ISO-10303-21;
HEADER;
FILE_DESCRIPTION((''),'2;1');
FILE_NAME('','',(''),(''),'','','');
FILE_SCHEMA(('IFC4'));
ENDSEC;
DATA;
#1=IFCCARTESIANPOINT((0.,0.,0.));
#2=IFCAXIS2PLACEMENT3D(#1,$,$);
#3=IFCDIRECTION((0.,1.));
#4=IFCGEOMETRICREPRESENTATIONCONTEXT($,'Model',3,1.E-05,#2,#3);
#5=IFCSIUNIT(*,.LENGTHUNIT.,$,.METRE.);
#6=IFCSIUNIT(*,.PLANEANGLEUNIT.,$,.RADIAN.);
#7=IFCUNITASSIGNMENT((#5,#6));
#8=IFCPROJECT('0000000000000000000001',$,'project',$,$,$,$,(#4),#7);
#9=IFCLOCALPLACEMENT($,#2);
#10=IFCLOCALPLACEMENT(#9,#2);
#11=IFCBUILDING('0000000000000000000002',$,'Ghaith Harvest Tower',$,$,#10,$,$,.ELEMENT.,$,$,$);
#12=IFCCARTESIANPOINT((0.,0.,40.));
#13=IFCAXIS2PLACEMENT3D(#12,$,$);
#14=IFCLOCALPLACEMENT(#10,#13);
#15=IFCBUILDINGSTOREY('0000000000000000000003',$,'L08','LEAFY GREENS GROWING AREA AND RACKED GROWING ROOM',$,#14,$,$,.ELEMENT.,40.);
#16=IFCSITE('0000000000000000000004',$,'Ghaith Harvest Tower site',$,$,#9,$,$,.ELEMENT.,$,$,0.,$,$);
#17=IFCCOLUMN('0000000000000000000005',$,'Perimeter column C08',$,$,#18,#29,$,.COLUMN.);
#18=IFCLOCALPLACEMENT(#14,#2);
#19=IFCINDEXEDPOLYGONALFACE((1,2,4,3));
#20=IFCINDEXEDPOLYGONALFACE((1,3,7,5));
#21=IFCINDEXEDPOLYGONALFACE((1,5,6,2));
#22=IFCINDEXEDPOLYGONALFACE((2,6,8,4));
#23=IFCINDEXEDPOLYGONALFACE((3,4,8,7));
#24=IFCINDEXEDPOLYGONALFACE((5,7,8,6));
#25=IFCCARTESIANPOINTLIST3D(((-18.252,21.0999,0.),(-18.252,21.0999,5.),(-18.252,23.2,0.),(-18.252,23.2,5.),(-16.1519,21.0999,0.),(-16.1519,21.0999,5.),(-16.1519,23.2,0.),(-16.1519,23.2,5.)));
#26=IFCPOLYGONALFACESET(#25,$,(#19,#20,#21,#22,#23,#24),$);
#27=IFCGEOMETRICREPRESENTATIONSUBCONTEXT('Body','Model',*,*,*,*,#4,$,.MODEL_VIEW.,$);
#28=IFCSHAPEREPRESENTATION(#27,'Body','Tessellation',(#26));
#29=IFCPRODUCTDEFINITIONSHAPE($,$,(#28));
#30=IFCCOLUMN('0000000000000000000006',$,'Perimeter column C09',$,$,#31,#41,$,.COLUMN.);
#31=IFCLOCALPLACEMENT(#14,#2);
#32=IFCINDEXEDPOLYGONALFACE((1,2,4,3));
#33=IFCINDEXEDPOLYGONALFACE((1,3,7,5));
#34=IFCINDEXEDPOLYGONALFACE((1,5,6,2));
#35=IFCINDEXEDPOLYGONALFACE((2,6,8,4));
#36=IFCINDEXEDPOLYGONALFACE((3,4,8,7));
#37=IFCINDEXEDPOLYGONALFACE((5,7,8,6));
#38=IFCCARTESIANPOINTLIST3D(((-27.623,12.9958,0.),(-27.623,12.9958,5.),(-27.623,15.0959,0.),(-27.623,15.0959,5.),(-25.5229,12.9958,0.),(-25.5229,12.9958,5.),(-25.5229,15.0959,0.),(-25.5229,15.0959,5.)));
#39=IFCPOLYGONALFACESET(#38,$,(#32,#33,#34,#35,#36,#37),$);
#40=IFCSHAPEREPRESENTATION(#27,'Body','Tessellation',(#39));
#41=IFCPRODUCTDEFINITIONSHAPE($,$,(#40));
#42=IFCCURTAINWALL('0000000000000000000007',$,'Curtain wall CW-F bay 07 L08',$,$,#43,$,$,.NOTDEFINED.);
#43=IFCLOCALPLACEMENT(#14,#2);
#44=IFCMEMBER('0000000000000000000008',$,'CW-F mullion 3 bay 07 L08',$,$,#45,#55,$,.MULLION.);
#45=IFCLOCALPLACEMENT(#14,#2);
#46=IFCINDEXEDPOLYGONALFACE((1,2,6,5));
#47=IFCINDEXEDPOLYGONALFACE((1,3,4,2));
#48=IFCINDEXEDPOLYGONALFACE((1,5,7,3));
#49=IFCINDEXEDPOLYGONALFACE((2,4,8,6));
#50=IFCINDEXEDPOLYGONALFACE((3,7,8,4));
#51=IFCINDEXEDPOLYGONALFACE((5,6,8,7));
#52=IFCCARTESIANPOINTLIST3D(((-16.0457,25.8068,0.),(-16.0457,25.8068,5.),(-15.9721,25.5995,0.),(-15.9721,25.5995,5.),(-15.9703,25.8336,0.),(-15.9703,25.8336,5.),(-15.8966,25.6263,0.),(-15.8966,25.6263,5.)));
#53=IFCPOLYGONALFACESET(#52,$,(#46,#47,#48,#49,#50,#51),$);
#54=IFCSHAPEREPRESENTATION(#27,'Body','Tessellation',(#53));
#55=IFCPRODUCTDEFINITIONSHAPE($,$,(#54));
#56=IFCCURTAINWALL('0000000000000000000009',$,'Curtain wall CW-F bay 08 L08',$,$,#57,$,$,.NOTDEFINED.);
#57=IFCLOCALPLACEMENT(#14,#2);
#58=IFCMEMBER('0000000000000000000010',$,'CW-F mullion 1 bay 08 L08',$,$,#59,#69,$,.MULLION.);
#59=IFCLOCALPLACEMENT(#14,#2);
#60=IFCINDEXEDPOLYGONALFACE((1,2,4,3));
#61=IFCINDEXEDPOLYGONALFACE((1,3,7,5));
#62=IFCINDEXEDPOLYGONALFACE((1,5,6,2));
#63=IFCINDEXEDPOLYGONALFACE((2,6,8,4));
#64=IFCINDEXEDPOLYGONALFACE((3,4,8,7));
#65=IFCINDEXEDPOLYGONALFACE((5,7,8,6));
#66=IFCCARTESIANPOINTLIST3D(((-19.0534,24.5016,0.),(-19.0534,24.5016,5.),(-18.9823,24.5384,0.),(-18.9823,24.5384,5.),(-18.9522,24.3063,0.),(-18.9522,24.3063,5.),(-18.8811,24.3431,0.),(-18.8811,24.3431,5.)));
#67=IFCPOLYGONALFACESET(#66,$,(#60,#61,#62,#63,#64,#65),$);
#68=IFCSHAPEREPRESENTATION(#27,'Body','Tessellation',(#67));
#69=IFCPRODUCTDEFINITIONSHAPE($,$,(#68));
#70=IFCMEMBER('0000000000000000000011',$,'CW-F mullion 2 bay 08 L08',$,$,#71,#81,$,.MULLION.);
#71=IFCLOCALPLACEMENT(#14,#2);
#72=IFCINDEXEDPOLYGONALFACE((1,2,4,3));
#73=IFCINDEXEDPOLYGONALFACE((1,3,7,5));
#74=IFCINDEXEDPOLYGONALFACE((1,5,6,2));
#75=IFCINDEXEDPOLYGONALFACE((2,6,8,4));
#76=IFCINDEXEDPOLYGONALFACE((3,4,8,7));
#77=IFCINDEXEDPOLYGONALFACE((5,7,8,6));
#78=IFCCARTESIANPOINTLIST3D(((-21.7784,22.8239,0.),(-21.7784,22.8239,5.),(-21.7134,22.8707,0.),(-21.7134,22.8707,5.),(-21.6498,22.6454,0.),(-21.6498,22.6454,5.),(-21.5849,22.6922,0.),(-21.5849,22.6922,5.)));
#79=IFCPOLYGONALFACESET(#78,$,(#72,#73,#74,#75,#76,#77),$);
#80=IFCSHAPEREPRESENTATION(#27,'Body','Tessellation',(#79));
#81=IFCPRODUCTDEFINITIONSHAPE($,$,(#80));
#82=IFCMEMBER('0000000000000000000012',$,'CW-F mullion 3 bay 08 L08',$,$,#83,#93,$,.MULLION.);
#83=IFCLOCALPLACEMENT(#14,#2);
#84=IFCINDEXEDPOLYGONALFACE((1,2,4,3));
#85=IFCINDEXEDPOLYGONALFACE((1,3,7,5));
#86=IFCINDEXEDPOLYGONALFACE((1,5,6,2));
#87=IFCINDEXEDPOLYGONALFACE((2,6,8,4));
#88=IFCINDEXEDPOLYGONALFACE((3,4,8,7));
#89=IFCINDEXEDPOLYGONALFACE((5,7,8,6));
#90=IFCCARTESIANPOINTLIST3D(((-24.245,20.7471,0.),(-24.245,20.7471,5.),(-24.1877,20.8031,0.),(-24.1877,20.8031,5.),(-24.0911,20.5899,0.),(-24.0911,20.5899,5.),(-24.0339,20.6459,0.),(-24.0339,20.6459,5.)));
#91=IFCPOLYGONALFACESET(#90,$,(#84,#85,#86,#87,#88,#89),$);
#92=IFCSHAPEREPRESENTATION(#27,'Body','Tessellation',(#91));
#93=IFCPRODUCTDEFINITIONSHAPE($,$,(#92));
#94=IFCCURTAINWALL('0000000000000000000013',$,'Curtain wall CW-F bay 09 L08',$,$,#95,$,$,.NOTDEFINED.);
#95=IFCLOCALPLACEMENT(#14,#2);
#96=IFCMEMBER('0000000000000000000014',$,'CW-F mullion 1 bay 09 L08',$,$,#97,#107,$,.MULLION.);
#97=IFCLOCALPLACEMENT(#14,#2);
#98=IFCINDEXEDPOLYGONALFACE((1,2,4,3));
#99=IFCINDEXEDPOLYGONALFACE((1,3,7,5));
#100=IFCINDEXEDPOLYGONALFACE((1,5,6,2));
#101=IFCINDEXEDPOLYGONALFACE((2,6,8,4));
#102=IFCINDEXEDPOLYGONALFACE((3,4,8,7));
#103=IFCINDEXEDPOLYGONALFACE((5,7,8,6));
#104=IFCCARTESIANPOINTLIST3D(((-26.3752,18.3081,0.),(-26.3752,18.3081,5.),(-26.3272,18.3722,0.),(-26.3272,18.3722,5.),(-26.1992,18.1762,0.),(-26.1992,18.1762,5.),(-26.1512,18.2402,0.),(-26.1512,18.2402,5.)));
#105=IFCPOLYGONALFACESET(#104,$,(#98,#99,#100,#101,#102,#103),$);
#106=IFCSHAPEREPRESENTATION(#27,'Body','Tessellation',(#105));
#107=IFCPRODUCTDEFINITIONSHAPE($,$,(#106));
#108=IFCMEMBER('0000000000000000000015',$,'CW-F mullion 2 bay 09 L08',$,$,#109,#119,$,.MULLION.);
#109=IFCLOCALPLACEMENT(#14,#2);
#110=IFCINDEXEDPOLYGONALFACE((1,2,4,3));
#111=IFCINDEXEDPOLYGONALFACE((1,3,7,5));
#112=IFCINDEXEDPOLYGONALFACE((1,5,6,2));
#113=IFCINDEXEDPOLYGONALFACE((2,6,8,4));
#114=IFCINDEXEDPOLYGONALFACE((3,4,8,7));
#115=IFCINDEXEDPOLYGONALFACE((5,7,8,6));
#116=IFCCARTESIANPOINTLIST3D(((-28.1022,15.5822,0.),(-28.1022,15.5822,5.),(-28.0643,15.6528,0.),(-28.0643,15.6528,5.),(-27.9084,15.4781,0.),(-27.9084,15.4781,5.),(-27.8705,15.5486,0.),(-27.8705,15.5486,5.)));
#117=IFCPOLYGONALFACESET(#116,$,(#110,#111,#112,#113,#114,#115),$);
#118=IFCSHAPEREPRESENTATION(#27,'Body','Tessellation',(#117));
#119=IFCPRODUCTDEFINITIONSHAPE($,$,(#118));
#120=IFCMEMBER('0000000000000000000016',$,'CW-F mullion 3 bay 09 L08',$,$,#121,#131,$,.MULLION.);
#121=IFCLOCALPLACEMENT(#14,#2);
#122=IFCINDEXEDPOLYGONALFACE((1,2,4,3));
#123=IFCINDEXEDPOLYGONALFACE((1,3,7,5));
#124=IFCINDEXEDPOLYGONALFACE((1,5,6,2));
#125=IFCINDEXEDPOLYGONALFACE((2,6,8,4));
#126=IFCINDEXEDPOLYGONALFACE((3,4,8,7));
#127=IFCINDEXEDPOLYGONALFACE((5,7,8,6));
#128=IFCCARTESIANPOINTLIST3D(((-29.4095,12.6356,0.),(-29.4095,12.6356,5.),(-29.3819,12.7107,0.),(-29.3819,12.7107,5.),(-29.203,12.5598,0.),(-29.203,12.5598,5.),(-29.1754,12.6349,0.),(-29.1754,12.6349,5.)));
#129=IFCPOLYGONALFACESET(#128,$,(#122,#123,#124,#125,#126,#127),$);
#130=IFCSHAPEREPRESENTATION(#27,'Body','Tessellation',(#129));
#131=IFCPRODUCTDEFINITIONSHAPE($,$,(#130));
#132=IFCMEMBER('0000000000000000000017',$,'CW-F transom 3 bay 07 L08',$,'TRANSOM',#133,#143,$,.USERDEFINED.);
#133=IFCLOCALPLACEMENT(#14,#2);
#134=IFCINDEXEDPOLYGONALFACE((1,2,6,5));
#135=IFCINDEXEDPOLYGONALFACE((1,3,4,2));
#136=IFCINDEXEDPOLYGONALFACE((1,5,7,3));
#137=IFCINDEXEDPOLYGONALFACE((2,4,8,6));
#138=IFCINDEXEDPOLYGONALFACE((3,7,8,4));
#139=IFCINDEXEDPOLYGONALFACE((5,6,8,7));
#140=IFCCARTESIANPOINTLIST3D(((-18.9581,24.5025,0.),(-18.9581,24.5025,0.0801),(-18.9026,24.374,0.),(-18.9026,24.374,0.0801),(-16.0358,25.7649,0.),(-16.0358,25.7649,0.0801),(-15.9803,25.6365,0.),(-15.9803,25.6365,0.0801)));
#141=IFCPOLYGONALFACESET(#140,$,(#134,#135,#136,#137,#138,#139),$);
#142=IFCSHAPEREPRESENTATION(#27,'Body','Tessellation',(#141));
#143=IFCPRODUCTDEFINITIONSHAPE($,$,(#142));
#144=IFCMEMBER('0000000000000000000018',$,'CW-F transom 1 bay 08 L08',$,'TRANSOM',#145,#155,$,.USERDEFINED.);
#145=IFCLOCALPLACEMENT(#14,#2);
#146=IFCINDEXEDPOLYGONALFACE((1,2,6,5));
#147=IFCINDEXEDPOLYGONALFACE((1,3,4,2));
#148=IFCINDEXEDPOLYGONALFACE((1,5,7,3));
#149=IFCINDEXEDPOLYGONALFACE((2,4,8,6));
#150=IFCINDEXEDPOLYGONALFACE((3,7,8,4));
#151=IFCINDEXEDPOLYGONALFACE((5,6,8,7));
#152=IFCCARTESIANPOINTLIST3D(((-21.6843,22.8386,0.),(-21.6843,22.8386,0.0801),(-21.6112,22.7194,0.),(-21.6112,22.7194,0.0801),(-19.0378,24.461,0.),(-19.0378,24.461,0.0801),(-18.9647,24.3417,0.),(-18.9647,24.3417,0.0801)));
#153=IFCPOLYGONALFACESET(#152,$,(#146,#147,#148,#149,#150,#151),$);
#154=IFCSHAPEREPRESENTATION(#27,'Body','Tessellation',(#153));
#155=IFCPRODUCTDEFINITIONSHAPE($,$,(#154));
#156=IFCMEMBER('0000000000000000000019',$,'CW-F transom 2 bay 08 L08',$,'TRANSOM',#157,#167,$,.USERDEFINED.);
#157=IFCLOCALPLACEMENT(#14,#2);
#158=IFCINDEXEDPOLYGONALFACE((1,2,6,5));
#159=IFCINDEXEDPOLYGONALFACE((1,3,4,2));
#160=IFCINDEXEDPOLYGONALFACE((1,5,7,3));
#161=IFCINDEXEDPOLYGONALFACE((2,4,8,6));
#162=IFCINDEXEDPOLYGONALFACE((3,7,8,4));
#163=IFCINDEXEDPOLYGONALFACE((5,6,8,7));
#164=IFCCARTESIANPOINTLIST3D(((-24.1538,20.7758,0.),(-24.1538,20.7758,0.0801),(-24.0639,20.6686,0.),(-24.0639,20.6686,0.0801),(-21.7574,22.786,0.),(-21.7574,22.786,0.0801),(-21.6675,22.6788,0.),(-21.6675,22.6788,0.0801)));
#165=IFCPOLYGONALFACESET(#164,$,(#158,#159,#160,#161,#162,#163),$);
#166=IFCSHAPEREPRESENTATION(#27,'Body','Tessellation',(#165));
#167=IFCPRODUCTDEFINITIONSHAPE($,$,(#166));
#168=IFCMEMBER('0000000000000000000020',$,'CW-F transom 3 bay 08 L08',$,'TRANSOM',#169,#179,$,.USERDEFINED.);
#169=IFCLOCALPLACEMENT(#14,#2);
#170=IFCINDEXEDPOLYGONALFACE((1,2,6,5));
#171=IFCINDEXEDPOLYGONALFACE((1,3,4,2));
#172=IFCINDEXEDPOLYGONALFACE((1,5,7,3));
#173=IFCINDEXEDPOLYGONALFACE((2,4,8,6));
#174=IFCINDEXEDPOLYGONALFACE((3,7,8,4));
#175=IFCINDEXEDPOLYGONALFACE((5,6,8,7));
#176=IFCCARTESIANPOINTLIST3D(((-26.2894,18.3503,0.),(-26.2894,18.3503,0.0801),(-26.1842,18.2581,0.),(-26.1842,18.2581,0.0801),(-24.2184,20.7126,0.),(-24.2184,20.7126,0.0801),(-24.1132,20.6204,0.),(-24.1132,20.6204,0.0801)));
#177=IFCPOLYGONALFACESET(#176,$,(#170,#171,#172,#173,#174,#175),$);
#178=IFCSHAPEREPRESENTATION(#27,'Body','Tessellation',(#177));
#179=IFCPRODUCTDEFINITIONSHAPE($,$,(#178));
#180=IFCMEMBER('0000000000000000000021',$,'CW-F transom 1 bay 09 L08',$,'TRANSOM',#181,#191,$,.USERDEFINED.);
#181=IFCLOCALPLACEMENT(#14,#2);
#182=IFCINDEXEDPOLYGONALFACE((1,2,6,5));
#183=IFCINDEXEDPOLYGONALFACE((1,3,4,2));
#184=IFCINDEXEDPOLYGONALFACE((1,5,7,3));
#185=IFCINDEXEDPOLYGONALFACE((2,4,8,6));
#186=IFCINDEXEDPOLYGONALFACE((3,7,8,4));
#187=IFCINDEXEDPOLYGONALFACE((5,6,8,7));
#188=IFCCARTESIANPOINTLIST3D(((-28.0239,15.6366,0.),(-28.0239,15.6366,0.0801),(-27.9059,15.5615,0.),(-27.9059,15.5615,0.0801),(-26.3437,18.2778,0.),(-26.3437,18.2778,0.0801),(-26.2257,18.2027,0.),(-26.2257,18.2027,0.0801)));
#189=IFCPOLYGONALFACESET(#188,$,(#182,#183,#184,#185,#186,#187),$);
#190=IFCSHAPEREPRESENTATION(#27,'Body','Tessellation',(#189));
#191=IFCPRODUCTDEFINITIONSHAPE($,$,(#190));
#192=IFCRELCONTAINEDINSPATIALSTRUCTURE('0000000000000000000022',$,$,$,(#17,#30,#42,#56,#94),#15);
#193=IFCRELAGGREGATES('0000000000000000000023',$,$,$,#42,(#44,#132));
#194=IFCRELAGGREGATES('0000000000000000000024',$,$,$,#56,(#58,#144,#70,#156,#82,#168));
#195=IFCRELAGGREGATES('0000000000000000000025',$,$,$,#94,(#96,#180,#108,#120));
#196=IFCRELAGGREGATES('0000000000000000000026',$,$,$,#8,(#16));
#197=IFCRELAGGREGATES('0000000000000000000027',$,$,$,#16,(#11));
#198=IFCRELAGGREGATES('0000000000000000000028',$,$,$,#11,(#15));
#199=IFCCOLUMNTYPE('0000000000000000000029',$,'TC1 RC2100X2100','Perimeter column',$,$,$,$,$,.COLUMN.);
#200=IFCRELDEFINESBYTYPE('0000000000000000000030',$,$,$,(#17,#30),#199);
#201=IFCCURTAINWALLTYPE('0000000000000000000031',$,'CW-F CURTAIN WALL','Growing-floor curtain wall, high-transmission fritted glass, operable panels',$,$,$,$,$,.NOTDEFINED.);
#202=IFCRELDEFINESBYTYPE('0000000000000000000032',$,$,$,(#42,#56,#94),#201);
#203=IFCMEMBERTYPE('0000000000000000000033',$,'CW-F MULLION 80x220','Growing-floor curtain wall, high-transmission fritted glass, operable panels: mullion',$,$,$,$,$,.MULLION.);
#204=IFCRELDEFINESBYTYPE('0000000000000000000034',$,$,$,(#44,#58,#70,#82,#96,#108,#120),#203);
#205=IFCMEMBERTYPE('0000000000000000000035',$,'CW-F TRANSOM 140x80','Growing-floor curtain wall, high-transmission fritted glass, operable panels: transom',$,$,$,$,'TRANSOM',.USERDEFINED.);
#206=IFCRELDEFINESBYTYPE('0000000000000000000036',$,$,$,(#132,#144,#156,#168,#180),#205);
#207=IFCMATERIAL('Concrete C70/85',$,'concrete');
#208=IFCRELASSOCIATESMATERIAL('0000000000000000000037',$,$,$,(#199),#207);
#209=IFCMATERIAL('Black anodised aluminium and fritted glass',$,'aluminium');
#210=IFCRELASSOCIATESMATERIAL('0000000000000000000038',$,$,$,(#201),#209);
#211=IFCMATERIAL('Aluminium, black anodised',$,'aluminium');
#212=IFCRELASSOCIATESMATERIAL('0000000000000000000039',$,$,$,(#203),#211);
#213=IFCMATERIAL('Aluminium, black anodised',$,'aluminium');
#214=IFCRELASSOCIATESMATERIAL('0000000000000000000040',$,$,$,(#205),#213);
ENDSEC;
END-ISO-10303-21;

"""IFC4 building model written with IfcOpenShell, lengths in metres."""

from ifc_helpers import new_model, si_unit, direction, frame, origin, origin_2d, place, context, subcontext, project, spatial, rectangle, extrude, material, material_profile, profile_set, type_object, element, aggregate, save


model = new_model("IFC4")

# Units and contexts
model_context = context("Model", 3, precision=1e-05, world=origin(), true_north=direction((0.0, 1.0)))
body_context = subcontext(model_context, "Body", "Model", "MODEL_VIEW")
ifc_project = project(units=[si_unit("LENGTHUNIT", "METRE"), si_unit("PLANEANGLEUNIT", "RADIAN")], contexts=[model_context])

# Site, building, storey
site_placement = place(None, origin())
site = spatial("IfcSite", under=ifc_project, at=site_placement, Name="Ghaith Harvest Tower site", CompositionType="ELEMENT", RefElevation=0.0)
building_placement = place(site_placement, origin())
building = spatial("IfcBuilding", under=site, at=building_placement, Name="Ghaith Harvest Tower", CompositionType="ELEMENT")
storey_placement = place(building_placement, frame((0.0, 0.0, 40.0)))
storey = spatial("IfcBuildingStorey", under=building, at=storey_placement, Name="L08", Description="LEAFY GREENS GROWING AREA AND RACKED GROWING ROOM", CompositionType="ELEMENT", Elevation=40.0)

# Columns
ifc_material_1 = material(Name="Concrete C70/85", Category="concrete")
ifc_material_profile_1 = material_profile(ifc_material_1, rectangle(XDim=2.1001, YDim=2.1001, at=origin_2d()), Name="RC2100X2100")
ifc_profile_set_1 = profile_set([ifc_material_profile_1], Name="Concrete C70/85")
column_type = type_object("IfcColumnType", Name="TC1 RC2100X2100", Description="Perimeter column", PredefinedType="COLUMN", material=ifc_profile_set_1)
for number, where, z_axis, x_axis, name in (
    (1, (-17.2019, 22.1499, 0.0), (0.0, 0.0, 1.0), (1.0, 0.0, 0.0), "Perimeter column C08"),
    (2, (-26.573, 14.0459, 0.0), (0.0, 0.0, 1.0), (1.0, 0.0, 0.0), "Perimeter column C09"),
):
    element("IfcColumn", number, at=place(storey_placement, frame(where, z_axis=z_axis, x_axis=x_axis)), inside=storey, type_object=column_type, Name=name, PredefinedType="COLUMN", context=body_context, shape_type="SweptSolid", body=[
        extrude(rectangle(XDim=2.1001, YDim=2.1001, at=origin_2d()), origin(), (0.0, 0.0, 1.0), 5.0),
    ])

# Curtain wall, member
ifc_material_2 = material(Name="Black anodised aluminium and fritted glass", Category="aluminium")
curtain_wall_type = type_object("IfcCurtainWallType", Name="CW-F CURTAIN WALL", Description="Growing-floor curtain wall, high-transmission fritted glass, operable panels", PredefinedType="NOTDEFINED", material=ifc_material_2)
curtain_wall_1_placement = place(storey_placement, origin())
curtain_wall_1 = element("IfcCurtainWall", 3, at=curtain_wall_1_placement, inside=storey, type_object=curtain_wall_type, Name="Curtain wall CW-F bay 07 L08", PredefinedType="NOTDEFINED")
ifc_material_3 = material(Name="Aluminium, black anodised", Category="aluminium")
ifc_material_profile_2 = material_profile(ifc_material_3, rectangle(XDim=0.0801, YDim=0.22, at=origin_2d()), Name="CW-F MULLION 80x220")
ifc_profile_set_2 = profile_set([ifc_material_profile_2], Name="Aluminium, black anodised")
member_type_1 = type_object("IfcMemberType", Name="CW-F MULLION 80x220", Description="Growing-floor curtain wall, high-transmission fritted glass, operable panels: mullion", PredefinedType="MULLION", material=ifc_profile_set_2)
member_1_placement = place(storey_placement, frame((-15.9712, 25.7166, 0.0), z_axis=(0.0, 0.0, 1.0), x_axis=(-0.942294, -0.334788, 0.0)))
member_1 = element("IfcMember", 4, at=member_1_placement, type_object=member_type_1, Name="CW-F mullion 3 bay 07 L08", PredefinedType="MULLION", context=body_context, shape_type="SweptSolid", body=[
    extrude(rectangle(XDim=0.0801, YDim=0.22, at=origin_2d()), origin(), (0.0, 0.0, 1.0), 5.0),
])

# Curtain walls, members
curtain_wall_2_placement = place(storey_placement, origin())
curtain_wall_2 = element("IfcCurtainWall", 5, at=curtain_wall_2_placement, inside=storey, type_object=curtain_wall_type, Name="Curtain wall CW-F bay 08 L08", PredefinedType="NOTDEFINED")
member_2_placement = place(storey_placement, frame((-18.9673, 24.4224, 0.0), z_axis=(0.0, 0.0, 1.0), x_axis=(-0.887912, -0.460013, 0.0)))
member_2 = element("IfcMember", 6, at=member_2_placement, type_object=member_type_1, Name="CW-F mullion 1 bay 08 L08", PredefinedType="MULLION", context=body_context, shape_type="SweptSolid", body=[
    extrude(rectangle(XDim=0.0801, YDim=0.22, at=origin_2d()), origin(), (0.0, 0.0, 1.0), 5.0),
])
member_3_placement = place(storey_placement, frame((-21.6816, 22.7581, 0.0), z_axis=(0.0, 0.0, 1.0), x_axis=(-0.811401, -0.58449, 0.0)))
member_3 = element("IfcMember", 7, at=member_3_placement, type_object=member_type_1, Name="CW-F mullion 2 bay 08 L08", PredefinedType="MULLION", context=body_context, shape_type="SweptSolid", body=[
    extrude(rectangle(XDim=0.0801, YDim=0.22, at=origin_2d()), origin(), (0.0, 0.0, 1.0), 5.0),
])
member_4_placement = place(storey_placement, frame((-24.1394, 20.6965, 0.0), z_axis=(0.0, 0.0, 1.0), x_axis=(-0.714663, -0.699469, 0.0)))
member_4 = element("IfcMember", 8, at=member_4_placement, type_object=member_type_1, Name="CW-F mullion 3 bay 08 L08", PredefinedType="MULLION", context=body_context, shape_type="SweptSolid", body=[
    extrude(rectangle(XDim=0.0801, YDim=0.22, at=origin_2d()), origin(), (0.0, 0.0, 1.0), 5.0),
])
curtain_wall_3_placement = place(storey_placement, origin())
curtain_wall_3 = element("IfcCurtainWall", 9, at=curtain_wall_3_placement, inside=storey, type_object=curtain_wall_type, Name="Curtain wall CW-F bay 09 L08", PredefinedType="NOTDEFINED")
member_5_placement = place(storey_placement, frame((-26.2632, 18.2742, 0.0), z_axis=(0.0, 0.0, 1.0), x_axis=(-0.599862, -0.800104, 0.0)))
member_5 = element("IfcMember", 10, at=member_5_placement, type_object=member_type_1, Name="CW-F mullion 1 bay 09 L08", PredefinedType="MULLION", context=body_context, shape_type="SweptSolid", body=[
    extrude(rectangle(XDim=0.0801, YDim=0.22, at=origin_2d()), origin(), (0.0, 0.0, 1.0), 5.0),
])
member_6_placement = place(storey_placement, frame((-27.9863, 15.5654, 0.0), z_axis=(0.0, 0.0, 1.0), x_axis=(-0.473265, -0.88092, 0.0)))
member_6 = element("IfcMember", 11, at=member_6_placement, type_object=member_type_1, Name="CW-F mullion 2 bay 09 L08", PredefinedType="MULLION", context=body_context, shape_type="SweptSolid", body=[
    extrude(rectangle(XDim=0.0801, YDim=0.22, at=origin_2d()), origin(), (0.0, 0.0, 1.0), 5.0),
])
member_7_placement = place(storey_placement, frame((-29.2925, 12.6353, 0.0), z_axis=(0.0, 0.0, 1.0), x_axis=(-0.344618, -0.938743, 0.0)))
member_7 = element("IfcMember", 12, at=member_7_placement, type_object=member_type_1, Name="CW-F mullion 3 bay 09 L08", PredefinedType="MULLION", context=body_context, shape_type="SweptSolid", body=[
    extrude(rectangle(XDim=0.0801, YDim=0.22, at=origin_2d()), origin(), (0.0, 0.0, 1.0), 5.0),
])

# Members
ifc_material_4 = material(Name="Aluminium, black anodised", Category="aluminium")
ifc_material_profile_3 = material_profile(ifc_material_4, rectangle(XDim=0.1399, YDim=0.0801, at=origin_2d()), Name="CW-F TRANSOM 140x80")
ifc_profile_set_3 = profile_set([ifc_material_profile_3], Name="Aluminium, black anodised")
member_type_2 = type_object("IfcMemberType", Name="CW-F TRANSOM 140x80", Description="Growing-floor curtain wall, high-transmission fritted glass, operable panels: transom", ElementType="TRANSOM", PredefinedType="USERDEFINED", material=ifc_profile_set_3)
member_8_placement = place(storey_placement, frame((-16.0081, 25.7007, 0.04), z_axis=(-0.918003, -0.396574, 0.0), x_axis=(0.396574, -0.918003, 0.0)))
member_8 = element("IfcMember", 13, at=member_8_placement, type_object=member_type_2, Name="CW-F transom 3 bay 07 L08", ObjectType="TRANSOM", PredefinedType="USERDEFINED", context=body_context, shape_type="SweptSolid", body=[
    extrude(rectangle(XDim=0.1399, YDim=0.0801, at=origin_2d()), origin(), (0.0, 0.0, 1.0), 3.1833),
])
member_9_placement = place(storey_placement, frame((-19.0012, 24.4014, 0.04), z_axis=(-0.852562, -0.522627, 0.0), x_axis=(0.522627, -0.852562, 0.0)))
member_9 = element("IfcMember", 14, at=member_9_placement, type_object=member_type_2, Name="CW-F transom 1 bay 08 L08", ObjectType="TRANSOM", PredefinedType="USERDEFINED", context=body_context, shape_type="SweptSolid", body=[
    extrude(rectangle(XDim=0.1399, YDim=0.0801, at=origin_2d()), origin(), (0.0, 0.0, 1.0), 3.1042),
])
member_10_placement = place(storey_placement, frame((-21.7124, 22.7324, 0.04), z_axis=(-0.766144, -0.642668, 0.0), x_axis=(0.642668, -0.766144, 0.0)))
member_10 = element("IfcMember", 15, at=member_10_placement, type_object=member_type_2, Name="CW-F transom 2 bay 08 L08", ObjectType="TRANSOM", PredefinedType="USERDEFINED", context=body_context, shape_type="SweptSolid", body=[
    extrude(rectangle(XDim=0.1399, YDim=0.0801, at=origin_2d()), origin(), (0.0, 0.0, 1.0), 3.1279),
])
member_11_placement = place(storey_placement, frame((-24.1658, 20.6665, 0.04), z_axis=(-0.659231, -0.751941, 0.0), x_axis=(0.751941, -0.659231, 0.0)))
member_11 = element("IfcMember", 16, at=member_11_placement, type_object=member_type_2, Name="CW-F transom 3 bay 08 L08", ObjectType="TRANSOM", PredefinedType="USERDEFINED", context=body_context, shape_type="SweptSolid", body=[
    extrude(rectangle(XDim=0.1399, YDim=0.0801, at=origin_2d()), origin(), (0.0, 0.0, 1.0), 3.1416),
])
member_12_placement = place(storey_placement, frame((-26.2847, 18.2402, 0.04), z_axis=(-0.536754, -0.843739, 0.0), x_axis=(0.843739, -0.536754, 0.0)))
member_12 = element("IfcMember", 17, at=member_12_placement, type_object=member_type_2, Name="CW-F transom 1 bay 09 L08", ObjectType="TRANSOM", PredefinedType="USERDEFINED", context=body_context, shape_type="SweptSolid", body=[
    extrude(rectangle(XDim=0.1399, YDim=0.0801, at=origin_2d()), origin(), (0.0, 0.0, 1.0), 3.1304),
])

aggregate(curtain_wall_1, [member_1, member_8])
aggregate(curtain_wall_2, [member_2, member_9, member_3, member_10, member_4, member_11])
aggregate(curtain_wall_3, [member_5, member_12, member_6, member_7])

save(model, "model.ifc")
